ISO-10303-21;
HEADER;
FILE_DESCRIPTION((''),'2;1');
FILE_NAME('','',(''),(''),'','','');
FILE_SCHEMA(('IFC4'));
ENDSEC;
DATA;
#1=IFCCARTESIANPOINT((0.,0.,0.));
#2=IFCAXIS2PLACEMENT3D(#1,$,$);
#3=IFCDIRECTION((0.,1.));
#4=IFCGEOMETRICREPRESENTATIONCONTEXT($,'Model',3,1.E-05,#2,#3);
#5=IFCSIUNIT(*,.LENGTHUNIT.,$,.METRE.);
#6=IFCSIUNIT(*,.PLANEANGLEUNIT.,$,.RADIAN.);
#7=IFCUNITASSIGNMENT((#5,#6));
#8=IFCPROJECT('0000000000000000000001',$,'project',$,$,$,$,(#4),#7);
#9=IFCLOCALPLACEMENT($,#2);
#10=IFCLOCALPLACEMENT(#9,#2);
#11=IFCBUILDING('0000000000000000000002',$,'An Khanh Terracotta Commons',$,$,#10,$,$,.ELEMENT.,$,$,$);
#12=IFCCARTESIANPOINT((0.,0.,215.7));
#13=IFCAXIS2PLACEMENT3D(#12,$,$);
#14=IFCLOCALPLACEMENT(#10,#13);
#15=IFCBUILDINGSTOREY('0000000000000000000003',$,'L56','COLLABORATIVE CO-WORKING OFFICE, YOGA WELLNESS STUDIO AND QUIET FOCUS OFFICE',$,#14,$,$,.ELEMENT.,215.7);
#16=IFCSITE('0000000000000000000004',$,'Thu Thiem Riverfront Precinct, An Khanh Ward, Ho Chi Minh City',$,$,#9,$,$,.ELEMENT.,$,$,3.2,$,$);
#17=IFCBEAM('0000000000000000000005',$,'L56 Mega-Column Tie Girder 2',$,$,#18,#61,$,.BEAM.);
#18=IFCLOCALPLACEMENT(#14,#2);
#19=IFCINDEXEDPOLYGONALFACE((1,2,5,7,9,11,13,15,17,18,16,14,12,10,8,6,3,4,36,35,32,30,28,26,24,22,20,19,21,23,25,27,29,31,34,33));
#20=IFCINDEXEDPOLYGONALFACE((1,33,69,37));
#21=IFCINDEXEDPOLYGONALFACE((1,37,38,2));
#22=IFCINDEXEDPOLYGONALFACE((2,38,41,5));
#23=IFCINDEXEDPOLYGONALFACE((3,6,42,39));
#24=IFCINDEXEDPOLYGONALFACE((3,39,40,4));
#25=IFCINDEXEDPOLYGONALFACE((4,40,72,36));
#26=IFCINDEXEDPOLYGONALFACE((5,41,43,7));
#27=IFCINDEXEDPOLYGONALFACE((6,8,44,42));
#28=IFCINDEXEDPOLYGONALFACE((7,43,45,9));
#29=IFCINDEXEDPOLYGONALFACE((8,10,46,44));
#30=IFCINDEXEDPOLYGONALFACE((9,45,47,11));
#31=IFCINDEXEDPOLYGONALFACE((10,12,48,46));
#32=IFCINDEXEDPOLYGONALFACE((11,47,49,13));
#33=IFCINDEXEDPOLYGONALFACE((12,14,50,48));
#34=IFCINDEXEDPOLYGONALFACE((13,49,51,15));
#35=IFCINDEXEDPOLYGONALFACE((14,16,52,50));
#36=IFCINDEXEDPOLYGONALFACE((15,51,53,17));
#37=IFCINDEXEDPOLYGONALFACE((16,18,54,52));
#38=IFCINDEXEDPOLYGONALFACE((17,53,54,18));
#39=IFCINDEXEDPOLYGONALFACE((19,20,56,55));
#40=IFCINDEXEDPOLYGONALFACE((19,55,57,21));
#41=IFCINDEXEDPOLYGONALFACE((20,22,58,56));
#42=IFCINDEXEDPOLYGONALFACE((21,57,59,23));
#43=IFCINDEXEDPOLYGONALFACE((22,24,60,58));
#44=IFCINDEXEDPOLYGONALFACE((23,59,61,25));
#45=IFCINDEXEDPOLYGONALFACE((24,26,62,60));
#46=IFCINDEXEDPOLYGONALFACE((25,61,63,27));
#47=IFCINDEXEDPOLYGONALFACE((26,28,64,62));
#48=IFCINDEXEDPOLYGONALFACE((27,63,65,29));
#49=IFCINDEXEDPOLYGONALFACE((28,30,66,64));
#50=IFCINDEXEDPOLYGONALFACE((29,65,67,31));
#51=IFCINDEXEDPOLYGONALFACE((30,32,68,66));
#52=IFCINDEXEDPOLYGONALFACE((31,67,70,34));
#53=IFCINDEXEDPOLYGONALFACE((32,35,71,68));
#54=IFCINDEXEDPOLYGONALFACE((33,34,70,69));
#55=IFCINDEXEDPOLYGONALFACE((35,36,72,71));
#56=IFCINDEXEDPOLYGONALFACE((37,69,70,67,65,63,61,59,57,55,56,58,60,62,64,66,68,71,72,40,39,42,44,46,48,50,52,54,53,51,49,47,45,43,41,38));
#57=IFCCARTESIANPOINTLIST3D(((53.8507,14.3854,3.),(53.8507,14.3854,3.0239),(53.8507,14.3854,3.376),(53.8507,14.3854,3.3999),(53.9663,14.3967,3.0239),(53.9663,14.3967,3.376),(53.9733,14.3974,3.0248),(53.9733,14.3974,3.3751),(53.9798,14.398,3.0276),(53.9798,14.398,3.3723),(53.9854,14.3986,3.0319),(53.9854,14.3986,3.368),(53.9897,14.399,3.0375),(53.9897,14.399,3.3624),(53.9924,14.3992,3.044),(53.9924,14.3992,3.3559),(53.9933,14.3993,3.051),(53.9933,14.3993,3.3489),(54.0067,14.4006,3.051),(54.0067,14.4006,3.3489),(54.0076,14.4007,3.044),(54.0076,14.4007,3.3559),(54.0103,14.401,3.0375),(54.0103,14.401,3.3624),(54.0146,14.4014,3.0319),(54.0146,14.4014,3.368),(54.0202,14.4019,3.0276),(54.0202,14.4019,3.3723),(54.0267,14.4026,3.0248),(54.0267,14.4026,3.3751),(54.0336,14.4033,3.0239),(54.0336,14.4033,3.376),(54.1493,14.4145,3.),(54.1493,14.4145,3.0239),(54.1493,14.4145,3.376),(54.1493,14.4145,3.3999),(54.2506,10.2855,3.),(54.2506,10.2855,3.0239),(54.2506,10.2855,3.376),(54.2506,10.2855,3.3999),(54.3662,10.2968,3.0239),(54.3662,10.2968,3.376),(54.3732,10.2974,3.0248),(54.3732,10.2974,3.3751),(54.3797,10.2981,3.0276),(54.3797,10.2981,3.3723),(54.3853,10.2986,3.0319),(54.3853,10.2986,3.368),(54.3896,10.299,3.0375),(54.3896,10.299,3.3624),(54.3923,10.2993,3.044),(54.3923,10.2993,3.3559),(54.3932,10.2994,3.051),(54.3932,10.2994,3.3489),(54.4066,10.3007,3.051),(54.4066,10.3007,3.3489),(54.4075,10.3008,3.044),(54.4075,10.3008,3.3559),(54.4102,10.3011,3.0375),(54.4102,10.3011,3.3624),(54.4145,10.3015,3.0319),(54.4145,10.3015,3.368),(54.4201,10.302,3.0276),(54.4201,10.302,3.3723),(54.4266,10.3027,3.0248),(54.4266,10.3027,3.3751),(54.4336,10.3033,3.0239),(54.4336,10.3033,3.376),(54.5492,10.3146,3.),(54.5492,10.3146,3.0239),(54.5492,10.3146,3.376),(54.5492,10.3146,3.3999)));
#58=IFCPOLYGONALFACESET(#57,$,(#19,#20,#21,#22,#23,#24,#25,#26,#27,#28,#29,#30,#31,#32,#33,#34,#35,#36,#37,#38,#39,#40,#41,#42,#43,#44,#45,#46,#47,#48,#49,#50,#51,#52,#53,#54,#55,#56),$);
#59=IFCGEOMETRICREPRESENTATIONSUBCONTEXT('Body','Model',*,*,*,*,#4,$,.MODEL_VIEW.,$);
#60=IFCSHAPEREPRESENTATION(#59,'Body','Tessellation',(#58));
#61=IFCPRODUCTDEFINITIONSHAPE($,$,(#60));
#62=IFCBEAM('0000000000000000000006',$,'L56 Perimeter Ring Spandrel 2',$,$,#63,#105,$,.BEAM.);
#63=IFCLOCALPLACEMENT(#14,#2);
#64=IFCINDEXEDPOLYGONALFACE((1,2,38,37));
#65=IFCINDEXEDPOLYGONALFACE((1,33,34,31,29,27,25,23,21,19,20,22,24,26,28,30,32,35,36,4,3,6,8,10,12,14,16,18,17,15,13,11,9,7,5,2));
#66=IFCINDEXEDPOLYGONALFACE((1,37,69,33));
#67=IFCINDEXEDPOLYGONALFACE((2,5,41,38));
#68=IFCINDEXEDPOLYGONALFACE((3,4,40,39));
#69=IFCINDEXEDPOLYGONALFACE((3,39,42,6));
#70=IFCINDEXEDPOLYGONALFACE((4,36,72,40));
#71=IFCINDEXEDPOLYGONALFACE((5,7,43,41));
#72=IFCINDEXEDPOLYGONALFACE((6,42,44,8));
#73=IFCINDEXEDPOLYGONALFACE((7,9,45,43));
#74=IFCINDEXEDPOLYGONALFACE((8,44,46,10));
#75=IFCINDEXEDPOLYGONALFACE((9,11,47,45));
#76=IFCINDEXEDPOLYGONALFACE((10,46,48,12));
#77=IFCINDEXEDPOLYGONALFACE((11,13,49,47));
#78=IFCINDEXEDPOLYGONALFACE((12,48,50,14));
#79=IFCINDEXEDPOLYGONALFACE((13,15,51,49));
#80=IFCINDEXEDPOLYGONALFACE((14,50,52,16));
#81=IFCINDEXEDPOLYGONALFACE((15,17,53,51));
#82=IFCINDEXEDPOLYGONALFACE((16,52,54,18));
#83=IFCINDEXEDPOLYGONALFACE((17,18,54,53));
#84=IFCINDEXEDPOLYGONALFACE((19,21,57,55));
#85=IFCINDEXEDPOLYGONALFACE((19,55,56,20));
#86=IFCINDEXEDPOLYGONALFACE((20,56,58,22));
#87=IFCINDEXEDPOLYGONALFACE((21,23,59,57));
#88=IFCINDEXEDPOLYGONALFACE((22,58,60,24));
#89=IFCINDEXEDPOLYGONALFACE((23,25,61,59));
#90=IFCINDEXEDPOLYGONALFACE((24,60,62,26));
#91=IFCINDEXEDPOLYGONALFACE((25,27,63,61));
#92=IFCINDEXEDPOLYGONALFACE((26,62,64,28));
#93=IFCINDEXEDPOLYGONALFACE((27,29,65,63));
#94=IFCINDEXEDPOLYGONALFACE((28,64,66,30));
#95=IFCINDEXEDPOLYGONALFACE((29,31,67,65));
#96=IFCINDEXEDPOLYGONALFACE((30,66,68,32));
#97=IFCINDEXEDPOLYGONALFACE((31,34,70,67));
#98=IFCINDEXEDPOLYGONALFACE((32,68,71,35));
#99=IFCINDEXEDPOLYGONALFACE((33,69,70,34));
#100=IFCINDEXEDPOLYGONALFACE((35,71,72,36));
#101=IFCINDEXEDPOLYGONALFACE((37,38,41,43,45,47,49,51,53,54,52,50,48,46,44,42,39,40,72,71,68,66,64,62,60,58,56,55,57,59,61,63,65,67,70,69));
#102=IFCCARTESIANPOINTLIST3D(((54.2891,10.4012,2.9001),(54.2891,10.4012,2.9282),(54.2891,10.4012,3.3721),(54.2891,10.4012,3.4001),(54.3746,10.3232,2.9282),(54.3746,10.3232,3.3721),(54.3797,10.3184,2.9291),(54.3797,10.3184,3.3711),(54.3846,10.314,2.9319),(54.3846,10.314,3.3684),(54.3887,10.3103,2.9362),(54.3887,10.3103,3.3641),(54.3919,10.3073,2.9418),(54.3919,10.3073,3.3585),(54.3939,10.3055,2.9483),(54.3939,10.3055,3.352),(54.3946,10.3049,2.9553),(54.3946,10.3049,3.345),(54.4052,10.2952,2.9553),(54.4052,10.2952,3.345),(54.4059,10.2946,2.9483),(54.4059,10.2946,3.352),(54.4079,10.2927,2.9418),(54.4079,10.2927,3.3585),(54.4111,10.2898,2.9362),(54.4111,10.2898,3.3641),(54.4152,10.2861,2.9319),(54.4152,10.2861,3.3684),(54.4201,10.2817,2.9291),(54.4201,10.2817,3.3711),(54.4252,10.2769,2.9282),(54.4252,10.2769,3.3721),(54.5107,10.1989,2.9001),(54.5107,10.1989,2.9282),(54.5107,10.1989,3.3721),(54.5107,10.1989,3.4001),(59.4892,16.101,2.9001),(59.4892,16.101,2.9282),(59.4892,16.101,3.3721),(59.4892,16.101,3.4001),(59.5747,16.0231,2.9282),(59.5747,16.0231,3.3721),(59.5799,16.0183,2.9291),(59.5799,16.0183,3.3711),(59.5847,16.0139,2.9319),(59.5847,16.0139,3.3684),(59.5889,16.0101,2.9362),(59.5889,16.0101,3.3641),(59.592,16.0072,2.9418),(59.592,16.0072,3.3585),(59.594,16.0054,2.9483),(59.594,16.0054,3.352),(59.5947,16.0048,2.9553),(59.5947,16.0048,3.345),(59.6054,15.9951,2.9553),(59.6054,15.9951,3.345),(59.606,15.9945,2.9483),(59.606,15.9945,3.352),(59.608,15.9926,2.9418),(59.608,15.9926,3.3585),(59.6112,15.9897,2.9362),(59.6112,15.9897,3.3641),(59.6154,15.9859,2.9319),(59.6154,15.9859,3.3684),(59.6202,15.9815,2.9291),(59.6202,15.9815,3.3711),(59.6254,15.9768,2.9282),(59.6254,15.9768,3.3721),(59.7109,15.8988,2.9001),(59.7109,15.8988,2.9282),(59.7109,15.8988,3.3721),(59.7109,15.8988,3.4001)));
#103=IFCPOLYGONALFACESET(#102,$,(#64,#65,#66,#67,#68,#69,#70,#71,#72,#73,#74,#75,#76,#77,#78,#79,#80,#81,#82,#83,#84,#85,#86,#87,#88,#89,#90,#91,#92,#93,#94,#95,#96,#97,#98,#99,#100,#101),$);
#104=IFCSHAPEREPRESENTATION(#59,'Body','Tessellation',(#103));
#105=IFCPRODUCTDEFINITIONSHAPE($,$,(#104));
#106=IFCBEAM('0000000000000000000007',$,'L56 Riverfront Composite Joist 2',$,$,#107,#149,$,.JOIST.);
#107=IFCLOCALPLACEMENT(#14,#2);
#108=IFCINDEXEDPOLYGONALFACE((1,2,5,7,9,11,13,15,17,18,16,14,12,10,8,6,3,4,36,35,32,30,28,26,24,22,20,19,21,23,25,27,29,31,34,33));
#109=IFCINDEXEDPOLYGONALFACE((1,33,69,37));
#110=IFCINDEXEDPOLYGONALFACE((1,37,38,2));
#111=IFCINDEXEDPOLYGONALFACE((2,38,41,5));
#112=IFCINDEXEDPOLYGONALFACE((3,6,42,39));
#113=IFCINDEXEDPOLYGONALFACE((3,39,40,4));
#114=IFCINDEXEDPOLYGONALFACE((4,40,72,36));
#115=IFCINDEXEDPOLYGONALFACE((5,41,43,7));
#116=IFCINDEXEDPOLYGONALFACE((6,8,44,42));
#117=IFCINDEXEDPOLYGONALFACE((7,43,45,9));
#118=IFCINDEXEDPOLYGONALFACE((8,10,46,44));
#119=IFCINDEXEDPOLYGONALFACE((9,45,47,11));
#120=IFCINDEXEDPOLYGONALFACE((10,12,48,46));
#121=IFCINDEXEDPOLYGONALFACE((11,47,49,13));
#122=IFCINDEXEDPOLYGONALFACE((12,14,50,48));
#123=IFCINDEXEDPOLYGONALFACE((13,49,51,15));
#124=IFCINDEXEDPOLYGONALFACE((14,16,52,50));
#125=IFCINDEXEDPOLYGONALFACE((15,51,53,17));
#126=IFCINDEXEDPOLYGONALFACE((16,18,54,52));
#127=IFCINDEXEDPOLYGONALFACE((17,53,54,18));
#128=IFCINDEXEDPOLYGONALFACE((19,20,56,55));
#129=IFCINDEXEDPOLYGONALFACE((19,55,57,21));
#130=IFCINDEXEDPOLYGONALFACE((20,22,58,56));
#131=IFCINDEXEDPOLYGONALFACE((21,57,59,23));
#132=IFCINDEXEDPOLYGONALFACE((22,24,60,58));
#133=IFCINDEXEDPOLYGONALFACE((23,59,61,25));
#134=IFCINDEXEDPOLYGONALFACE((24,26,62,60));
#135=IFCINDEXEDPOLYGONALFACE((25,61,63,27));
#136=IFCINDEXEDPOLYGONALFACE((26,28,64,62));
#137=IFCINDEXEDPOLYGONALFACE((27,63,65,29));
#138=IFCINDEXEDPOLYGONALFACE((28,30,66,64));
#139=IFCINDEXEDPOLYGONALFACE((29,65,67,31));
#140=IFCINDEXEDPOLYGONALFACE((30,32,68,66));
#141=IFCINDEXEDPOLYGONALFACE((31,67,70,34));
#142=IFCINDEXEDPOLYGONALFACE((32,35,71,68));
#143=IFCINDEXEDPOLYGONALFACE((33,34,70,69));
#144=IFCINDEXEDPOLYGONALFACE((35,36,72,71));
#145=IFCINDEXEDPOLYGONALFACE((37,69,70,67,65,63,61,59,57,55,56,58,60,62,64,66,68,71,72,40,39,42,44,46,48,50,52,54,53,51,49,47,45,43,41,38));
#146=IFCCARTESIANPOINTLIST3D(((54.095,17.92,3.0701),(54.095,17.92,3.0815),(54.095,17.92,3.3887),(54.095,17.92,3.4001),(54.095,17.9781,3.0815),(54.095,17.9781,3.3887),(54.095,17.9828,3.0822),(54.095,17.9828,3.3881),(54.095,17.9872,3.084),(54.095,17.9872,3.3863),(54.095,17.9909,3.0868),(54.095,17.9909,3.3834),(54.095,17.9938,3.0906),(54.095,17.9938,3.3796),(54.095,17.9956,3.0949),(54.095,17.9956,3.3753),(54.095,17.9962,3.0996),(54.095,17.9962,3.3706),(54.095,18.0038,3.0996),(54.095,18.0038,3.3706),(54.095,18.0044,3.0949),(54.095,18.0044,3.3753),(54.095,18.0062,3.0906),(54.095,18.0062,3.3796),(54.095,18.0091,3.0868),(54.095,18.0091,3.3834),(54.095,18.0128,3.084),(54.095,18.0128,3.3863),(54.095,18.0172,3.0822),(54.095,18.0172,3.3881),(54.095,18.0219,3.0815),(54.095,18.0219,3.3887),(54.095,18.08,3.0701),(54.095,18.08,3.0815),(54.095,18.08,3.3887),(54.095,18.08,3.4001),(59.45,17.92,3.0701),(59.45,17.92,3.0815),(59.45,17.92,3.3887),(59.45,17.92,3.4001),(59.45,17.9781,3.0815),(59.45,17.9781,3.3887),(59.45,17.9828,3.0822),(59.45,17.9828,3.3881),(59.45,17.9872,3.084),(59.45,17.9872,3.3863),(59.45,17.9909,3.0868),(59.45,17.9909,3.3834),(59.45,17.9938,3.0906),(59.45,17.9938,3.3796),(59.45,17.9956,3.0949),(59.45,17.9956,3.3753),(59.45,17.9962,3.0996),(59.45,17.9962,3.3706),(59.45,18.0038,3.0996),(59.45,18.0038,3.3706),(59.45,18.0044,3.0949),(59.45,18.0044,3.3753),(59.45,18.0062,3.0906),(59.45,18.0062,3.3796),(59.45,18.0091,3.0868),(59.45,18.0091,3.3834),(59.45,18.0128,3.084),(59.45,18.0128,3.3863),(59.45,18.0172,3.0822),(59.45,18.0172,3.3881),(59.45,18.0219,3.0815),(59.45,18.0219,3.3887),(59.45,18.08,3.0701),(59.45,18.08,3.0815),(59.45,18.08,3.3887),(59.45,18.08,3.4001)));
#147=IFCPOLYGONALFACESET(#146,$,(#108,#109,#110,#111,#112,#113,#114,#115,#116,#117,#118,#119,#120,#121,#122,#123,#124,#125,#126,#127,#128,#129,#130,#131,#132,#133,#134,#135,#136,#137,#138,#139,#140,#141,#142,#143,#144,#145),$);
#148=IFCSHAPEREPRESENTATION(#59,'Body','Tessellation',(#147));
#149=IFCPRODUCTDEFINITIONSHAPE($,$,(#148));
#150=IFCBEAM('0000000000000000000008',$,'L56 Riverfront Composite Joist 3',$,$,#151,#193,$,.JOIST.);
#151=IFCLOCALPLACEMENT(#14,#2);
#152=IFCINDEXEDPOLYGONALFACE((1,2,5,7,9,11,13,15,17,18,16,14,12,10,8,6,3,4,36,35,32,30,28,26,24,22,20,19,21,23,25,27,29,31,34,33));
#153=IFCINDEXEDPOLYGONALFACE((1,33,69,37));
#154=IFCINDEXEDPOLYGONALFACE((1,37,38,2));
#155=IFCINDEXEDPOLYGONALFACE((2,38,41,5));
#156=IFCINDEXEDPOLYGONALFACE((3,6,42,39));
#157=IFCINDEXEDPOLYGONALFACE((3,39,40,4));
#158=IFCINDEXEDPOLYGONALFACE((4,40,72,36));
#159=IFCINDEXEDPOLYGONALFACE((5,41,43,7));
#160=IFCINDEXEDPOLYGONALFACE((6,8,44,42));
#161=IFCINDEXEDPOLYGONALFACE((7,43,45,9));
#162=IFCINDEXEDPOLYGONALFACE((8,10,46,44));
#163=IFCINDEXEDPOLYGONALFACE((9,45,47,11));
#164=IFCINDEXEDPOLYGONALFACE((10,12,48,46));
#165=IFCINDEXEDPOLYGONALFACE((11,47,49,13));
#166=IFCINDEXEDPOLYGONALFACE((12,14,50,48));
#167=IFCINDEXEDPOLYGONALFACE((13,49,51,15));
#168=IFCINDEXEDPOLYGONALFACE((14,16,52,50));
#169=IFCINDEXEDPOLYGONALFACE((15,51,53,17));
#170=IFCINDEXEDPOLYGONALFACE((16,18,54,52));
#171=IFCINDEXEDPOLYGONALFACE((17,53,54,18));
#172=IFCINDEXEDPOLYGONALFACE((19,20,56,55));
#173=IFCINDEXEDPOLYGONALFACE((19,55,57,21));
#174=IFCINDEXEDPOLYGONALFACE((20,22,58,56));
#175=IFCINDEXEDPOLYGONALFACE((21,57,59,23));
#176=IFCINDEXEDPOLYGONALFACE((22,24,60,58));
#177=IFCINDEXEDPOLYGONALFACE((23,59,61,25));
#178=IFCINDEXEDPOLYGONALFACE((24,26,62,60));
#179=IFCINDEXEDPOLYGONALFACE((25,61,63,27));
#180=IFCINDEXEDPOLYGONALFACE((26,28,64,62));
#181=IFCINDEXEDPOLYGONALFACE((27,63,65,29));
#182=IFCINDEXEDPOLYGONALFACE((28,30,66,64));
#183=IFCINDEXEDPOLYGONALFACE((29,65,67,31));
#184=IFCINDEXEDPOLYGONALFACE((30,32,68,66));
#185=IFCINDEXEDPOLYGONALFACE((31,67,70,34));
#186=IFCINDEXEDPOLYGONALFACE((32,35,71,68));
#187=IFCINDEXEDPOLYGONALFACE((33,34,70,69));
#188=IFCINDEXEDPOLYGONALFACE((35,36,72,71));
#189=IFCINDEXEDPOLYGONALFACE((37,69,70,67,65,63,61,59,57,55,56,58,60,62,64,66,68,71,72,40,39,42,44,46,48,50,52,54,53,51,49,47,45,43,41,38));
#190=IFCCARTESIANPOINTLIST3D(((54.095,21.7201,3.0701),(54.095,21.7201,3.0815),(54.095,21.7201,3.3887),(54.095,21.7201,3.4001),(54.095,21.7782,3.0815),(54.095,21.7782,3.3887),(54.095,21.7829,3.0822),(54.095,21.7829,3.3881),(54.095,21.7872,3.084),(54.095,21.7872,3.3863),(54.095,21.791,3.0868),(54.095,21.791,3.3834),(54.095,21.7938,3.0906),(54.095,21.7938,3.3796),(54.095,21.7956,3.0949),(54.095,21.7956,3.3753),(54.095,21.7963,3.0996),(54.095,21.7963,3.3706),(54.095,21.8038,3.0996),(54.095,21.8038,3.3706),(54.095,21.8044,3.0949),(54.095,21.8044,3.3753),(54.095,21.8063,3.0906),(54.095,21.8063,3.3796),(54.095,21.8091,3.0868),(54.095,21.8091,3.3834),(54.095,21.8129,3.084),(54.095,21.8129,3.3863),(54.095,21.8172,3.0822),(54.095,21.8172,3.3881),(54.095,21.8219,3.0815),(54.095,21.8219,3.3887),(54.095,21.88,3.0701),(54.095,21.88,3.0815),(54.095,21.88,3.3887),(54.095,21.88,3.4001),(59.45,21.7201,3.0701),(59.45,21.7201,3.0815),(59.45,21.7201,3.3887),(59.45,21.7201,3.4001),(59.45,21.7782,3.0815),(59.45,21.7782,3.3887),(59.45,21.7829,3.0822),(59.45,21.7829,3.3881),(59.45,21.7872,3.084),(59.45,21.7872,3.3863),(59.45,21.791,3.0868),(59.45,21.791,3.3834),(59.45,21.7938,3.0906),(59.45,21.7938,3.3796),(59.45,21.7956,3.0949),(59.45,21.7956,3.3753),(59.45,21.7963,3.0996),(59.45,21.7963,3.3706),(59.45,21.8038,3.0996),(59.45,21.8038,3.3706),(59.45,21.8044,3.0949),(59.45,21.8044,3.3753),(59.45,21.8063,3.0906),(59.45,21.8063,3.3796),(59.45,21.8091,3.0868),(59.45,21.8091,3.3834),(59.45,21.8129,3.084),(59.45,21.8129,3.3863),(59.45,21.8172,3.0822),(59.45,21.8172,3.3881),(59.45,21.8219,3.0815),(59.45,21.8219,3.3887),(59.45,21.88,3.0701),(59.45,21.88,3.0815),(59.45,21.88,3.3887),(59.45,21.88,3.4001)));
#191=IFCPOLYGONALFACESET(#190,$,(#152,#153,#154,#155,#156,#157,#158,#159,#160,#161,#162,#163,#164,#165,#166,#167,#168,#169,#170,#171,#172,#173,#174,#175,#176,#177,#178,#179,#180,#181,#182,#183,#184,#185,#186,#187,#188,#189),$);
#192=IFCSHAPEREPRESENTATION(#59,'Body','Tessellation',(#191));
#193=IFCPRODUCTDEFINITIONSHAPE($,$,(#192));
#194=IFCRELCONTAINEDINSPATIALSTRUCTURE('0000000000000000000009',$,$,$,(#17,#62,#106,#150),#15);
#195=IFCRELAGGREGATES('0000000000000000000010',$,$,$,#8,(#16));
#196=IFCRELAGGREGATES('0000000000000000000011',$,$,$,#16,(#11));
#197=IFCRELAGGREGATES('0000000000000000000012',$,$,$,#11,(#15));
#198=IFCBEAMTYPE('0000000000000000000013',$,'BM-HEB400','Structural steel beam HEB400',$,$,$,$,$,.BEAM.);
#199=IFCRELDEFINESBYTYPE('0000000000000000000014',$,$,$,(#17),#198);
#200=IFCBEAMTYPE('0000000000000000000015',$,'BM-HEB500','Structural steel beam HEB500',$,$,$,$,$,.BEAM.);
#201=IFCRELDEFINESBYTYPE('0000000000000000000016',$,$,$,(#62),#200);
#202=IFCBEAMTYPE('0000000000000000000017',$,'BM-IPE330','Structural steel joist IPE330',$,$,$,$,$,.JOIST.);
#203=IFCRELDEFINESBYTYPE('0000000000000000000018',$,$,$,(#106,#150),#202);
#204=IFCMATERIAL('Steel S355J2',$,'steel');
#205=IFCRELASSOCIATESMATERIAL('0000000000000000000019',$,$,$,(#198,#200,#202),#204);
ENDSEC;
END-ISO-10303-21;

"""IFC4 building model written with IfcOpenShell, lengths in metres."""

from ifc_helpers import new_model, si_unit, direction, frame, origin, origin_2d, place, context, subcontext, project, spatial, i_section, extrude, material, material_profile, profile_set, type_object, element, save


model = new_model("IFC4")

# Units and contexts
model_context = context("Model", 3, precision=1e-05, world=origin(), true_north=direction((0.0, 1.0)))
body_context = subcontext(model_context, "Body", "Model", "MODEL_VIEW")
ifc_project = project(units=[si_unit("LENGTHUNIT", "METRE"), si_unit("PLANEANGLEUNIT", "RADIAN")], contexts=[model_context])

# Site, building, storey
site_placement = place(None, origin())
site = spatial("IfcSite", under=ifc_project, at=site_placement, Name="Thu Thiem Riverfront Precinct, An Khanh Ward, Ho Chi Minh City", CompositionType="ELEMENT", RefElevation=3.2)
building_placement = place(site_placement, origin())
building = spatial("IfcBuilding", under=site, at=building_placement, Name="An Khanh Terracotta Commons", CompositionType="ELEMENT")
storey_placement = place(building_placement, frame((0.0, 0.0, 215.7)))
storey = spatial("IfcBuildingStorey", under=building, at=storey_placement, Name="L56", Description="COLLABORATIVE CO-WORKING OFFICE, YOGA WELLNESS STUDIO AND QUIET FOCUS OFFICE", CompositionType="ELEMENT", Elevation=215.7)

# Beams
ifc_material_1 = material(Name="Steel S355J2", Category="steel")
ifc_material_profile_1 = material_profile(ifc_material_1, i_section(OverallWidth=0.3, OverallDepth=0.3999, WebThickness=0.0134, FlangeThickness=0.0239, FilletRadius=0.0271, at=origin_2d()), Name="HEB400")
ifc_profile_set_1 = profile_set([ifc_material_profile_1], Name="Steel S355J2")
beam_type_1 = type_object("IfcBeamType", Name="BM-HEB400", Description="Structural steel beam HEB400", PredefinedType="BEAM", material=ifc_profile_set_1)
beam_1_placement = place(storey_placement, frame((54.3999, 10.3, 3.2), z_axis=(-0.09708, 0.995277, 0.0), x_axis=(-0.995277, -0.09708, 0.0)))
element("IfcBeam", 1, at=beam_1_placement, inside=storey, type_object=beam_type_1, Name="L56 Mega-Column Tie Girder 2", PredefinedType="BEAM", context=body_context, shape_type="SweptSolid", body=[
    extrude(i_section(OverallWidth=0.3, OverallDepth=0.3999, WebThickness=0.0134, FlangeThickness=0.0239, FilletRadius=0.0271, at=origin_2d()), origin(), (0.0, 0.0, 1.0), 4.1194),
])
ifc_material_profile_2 = material_profile(ifc_material_1, i_section(OverallWidth=0.3, OverallDepth=0.5, WebThickness=0.0144, FlangeThickness=0.0281, FilletRadius=0.0271, at=origin_2d()), Name="HEB500")
ifc_profile_set_2 = profile_set([ifc_material_profile_2], Name="Steel S355J2")
beam_type_2 = type_object("IfcBeamType", Name="BM-HEB500", Description="Structural steel beam HEB500", PredefinedType="BEAM", material=ifc_profile_set_2)
beam_2_placement = place(storey_placement, frame((54.3999, 10.3, 3.1501), z_axis=(0.673979, 0.738751, 0.0), x_axis=(-0.738751, 0.673979, 0.0)))
element("IfcBeam", 2, at=beam_2_placement, inside=storey, type_object=beam_type_2, Name="L56 Perimeter Ring Spandrel 2", PredefinedType="BEAM", context=body_context, shape_type="SweptSolid", body=[
    extrude(i_section(OverallWidth=0.3, OverallDepth=0.5, WebThickness=0.0144, FlangeThickness=0.0281, FilletRadius=0.0271, at=origin_2d()), origin(), (0.0, 0.0, 1.0), 7.7156),
])
ifc_material_profile_3 = material_profile(ifc_material_1, i_section(OverallWidth=0.1599, OverallDepth=0.3301, WebThickness=0.0076, FlangeThickness=0.0115, FilletRadius=0.0181, at=origin_2d()), Name="IPE330")
ifc_profile_set_3 = profile_set([ifc_material_profile_3], Name="Steel S355J2")
beam_type_3 = type_object("IfcBeamType", Name="BM-IPE330", Description="Structural steel joist IPE330", PredefinedType="JOIST", material=ifc_profile_set_3)
for number, where, z_axis, x_axis, name in (
    (3, (54.095, 18.0, 3.2351), (1.0, 0.0, 0.0), (0.0, 1.0, 0.0), "L56 Riverfront Composite Joist 2"),
    (4, (54.095, 21.8, 3.2351), (1.0, 0.0, 0.0), (0.0, 1.0, 0.0), "L56 Riverfront Composite Joist 3"),
):
    element("IfcBeam", number, at=place(storey_placement, frame(where, z_axis=z_axis, x_axis=x_axis)), inside=storey, type_object=beam_type_3, Name=name, PredefinedType="JOIST", context=body_context, shape_type="SweptSolid", body=[
        extrude(i_section(OverallWidth=0.1599, OverallDepth=0.3301, WebThickness=0.0076, FlangeThickness=0.0115, FilletRadius=0.0181, at=origin_2d()), origin(), (0.0, 0.0, 1.0), 5.355),
    ])

save(model, "model.ifc")
